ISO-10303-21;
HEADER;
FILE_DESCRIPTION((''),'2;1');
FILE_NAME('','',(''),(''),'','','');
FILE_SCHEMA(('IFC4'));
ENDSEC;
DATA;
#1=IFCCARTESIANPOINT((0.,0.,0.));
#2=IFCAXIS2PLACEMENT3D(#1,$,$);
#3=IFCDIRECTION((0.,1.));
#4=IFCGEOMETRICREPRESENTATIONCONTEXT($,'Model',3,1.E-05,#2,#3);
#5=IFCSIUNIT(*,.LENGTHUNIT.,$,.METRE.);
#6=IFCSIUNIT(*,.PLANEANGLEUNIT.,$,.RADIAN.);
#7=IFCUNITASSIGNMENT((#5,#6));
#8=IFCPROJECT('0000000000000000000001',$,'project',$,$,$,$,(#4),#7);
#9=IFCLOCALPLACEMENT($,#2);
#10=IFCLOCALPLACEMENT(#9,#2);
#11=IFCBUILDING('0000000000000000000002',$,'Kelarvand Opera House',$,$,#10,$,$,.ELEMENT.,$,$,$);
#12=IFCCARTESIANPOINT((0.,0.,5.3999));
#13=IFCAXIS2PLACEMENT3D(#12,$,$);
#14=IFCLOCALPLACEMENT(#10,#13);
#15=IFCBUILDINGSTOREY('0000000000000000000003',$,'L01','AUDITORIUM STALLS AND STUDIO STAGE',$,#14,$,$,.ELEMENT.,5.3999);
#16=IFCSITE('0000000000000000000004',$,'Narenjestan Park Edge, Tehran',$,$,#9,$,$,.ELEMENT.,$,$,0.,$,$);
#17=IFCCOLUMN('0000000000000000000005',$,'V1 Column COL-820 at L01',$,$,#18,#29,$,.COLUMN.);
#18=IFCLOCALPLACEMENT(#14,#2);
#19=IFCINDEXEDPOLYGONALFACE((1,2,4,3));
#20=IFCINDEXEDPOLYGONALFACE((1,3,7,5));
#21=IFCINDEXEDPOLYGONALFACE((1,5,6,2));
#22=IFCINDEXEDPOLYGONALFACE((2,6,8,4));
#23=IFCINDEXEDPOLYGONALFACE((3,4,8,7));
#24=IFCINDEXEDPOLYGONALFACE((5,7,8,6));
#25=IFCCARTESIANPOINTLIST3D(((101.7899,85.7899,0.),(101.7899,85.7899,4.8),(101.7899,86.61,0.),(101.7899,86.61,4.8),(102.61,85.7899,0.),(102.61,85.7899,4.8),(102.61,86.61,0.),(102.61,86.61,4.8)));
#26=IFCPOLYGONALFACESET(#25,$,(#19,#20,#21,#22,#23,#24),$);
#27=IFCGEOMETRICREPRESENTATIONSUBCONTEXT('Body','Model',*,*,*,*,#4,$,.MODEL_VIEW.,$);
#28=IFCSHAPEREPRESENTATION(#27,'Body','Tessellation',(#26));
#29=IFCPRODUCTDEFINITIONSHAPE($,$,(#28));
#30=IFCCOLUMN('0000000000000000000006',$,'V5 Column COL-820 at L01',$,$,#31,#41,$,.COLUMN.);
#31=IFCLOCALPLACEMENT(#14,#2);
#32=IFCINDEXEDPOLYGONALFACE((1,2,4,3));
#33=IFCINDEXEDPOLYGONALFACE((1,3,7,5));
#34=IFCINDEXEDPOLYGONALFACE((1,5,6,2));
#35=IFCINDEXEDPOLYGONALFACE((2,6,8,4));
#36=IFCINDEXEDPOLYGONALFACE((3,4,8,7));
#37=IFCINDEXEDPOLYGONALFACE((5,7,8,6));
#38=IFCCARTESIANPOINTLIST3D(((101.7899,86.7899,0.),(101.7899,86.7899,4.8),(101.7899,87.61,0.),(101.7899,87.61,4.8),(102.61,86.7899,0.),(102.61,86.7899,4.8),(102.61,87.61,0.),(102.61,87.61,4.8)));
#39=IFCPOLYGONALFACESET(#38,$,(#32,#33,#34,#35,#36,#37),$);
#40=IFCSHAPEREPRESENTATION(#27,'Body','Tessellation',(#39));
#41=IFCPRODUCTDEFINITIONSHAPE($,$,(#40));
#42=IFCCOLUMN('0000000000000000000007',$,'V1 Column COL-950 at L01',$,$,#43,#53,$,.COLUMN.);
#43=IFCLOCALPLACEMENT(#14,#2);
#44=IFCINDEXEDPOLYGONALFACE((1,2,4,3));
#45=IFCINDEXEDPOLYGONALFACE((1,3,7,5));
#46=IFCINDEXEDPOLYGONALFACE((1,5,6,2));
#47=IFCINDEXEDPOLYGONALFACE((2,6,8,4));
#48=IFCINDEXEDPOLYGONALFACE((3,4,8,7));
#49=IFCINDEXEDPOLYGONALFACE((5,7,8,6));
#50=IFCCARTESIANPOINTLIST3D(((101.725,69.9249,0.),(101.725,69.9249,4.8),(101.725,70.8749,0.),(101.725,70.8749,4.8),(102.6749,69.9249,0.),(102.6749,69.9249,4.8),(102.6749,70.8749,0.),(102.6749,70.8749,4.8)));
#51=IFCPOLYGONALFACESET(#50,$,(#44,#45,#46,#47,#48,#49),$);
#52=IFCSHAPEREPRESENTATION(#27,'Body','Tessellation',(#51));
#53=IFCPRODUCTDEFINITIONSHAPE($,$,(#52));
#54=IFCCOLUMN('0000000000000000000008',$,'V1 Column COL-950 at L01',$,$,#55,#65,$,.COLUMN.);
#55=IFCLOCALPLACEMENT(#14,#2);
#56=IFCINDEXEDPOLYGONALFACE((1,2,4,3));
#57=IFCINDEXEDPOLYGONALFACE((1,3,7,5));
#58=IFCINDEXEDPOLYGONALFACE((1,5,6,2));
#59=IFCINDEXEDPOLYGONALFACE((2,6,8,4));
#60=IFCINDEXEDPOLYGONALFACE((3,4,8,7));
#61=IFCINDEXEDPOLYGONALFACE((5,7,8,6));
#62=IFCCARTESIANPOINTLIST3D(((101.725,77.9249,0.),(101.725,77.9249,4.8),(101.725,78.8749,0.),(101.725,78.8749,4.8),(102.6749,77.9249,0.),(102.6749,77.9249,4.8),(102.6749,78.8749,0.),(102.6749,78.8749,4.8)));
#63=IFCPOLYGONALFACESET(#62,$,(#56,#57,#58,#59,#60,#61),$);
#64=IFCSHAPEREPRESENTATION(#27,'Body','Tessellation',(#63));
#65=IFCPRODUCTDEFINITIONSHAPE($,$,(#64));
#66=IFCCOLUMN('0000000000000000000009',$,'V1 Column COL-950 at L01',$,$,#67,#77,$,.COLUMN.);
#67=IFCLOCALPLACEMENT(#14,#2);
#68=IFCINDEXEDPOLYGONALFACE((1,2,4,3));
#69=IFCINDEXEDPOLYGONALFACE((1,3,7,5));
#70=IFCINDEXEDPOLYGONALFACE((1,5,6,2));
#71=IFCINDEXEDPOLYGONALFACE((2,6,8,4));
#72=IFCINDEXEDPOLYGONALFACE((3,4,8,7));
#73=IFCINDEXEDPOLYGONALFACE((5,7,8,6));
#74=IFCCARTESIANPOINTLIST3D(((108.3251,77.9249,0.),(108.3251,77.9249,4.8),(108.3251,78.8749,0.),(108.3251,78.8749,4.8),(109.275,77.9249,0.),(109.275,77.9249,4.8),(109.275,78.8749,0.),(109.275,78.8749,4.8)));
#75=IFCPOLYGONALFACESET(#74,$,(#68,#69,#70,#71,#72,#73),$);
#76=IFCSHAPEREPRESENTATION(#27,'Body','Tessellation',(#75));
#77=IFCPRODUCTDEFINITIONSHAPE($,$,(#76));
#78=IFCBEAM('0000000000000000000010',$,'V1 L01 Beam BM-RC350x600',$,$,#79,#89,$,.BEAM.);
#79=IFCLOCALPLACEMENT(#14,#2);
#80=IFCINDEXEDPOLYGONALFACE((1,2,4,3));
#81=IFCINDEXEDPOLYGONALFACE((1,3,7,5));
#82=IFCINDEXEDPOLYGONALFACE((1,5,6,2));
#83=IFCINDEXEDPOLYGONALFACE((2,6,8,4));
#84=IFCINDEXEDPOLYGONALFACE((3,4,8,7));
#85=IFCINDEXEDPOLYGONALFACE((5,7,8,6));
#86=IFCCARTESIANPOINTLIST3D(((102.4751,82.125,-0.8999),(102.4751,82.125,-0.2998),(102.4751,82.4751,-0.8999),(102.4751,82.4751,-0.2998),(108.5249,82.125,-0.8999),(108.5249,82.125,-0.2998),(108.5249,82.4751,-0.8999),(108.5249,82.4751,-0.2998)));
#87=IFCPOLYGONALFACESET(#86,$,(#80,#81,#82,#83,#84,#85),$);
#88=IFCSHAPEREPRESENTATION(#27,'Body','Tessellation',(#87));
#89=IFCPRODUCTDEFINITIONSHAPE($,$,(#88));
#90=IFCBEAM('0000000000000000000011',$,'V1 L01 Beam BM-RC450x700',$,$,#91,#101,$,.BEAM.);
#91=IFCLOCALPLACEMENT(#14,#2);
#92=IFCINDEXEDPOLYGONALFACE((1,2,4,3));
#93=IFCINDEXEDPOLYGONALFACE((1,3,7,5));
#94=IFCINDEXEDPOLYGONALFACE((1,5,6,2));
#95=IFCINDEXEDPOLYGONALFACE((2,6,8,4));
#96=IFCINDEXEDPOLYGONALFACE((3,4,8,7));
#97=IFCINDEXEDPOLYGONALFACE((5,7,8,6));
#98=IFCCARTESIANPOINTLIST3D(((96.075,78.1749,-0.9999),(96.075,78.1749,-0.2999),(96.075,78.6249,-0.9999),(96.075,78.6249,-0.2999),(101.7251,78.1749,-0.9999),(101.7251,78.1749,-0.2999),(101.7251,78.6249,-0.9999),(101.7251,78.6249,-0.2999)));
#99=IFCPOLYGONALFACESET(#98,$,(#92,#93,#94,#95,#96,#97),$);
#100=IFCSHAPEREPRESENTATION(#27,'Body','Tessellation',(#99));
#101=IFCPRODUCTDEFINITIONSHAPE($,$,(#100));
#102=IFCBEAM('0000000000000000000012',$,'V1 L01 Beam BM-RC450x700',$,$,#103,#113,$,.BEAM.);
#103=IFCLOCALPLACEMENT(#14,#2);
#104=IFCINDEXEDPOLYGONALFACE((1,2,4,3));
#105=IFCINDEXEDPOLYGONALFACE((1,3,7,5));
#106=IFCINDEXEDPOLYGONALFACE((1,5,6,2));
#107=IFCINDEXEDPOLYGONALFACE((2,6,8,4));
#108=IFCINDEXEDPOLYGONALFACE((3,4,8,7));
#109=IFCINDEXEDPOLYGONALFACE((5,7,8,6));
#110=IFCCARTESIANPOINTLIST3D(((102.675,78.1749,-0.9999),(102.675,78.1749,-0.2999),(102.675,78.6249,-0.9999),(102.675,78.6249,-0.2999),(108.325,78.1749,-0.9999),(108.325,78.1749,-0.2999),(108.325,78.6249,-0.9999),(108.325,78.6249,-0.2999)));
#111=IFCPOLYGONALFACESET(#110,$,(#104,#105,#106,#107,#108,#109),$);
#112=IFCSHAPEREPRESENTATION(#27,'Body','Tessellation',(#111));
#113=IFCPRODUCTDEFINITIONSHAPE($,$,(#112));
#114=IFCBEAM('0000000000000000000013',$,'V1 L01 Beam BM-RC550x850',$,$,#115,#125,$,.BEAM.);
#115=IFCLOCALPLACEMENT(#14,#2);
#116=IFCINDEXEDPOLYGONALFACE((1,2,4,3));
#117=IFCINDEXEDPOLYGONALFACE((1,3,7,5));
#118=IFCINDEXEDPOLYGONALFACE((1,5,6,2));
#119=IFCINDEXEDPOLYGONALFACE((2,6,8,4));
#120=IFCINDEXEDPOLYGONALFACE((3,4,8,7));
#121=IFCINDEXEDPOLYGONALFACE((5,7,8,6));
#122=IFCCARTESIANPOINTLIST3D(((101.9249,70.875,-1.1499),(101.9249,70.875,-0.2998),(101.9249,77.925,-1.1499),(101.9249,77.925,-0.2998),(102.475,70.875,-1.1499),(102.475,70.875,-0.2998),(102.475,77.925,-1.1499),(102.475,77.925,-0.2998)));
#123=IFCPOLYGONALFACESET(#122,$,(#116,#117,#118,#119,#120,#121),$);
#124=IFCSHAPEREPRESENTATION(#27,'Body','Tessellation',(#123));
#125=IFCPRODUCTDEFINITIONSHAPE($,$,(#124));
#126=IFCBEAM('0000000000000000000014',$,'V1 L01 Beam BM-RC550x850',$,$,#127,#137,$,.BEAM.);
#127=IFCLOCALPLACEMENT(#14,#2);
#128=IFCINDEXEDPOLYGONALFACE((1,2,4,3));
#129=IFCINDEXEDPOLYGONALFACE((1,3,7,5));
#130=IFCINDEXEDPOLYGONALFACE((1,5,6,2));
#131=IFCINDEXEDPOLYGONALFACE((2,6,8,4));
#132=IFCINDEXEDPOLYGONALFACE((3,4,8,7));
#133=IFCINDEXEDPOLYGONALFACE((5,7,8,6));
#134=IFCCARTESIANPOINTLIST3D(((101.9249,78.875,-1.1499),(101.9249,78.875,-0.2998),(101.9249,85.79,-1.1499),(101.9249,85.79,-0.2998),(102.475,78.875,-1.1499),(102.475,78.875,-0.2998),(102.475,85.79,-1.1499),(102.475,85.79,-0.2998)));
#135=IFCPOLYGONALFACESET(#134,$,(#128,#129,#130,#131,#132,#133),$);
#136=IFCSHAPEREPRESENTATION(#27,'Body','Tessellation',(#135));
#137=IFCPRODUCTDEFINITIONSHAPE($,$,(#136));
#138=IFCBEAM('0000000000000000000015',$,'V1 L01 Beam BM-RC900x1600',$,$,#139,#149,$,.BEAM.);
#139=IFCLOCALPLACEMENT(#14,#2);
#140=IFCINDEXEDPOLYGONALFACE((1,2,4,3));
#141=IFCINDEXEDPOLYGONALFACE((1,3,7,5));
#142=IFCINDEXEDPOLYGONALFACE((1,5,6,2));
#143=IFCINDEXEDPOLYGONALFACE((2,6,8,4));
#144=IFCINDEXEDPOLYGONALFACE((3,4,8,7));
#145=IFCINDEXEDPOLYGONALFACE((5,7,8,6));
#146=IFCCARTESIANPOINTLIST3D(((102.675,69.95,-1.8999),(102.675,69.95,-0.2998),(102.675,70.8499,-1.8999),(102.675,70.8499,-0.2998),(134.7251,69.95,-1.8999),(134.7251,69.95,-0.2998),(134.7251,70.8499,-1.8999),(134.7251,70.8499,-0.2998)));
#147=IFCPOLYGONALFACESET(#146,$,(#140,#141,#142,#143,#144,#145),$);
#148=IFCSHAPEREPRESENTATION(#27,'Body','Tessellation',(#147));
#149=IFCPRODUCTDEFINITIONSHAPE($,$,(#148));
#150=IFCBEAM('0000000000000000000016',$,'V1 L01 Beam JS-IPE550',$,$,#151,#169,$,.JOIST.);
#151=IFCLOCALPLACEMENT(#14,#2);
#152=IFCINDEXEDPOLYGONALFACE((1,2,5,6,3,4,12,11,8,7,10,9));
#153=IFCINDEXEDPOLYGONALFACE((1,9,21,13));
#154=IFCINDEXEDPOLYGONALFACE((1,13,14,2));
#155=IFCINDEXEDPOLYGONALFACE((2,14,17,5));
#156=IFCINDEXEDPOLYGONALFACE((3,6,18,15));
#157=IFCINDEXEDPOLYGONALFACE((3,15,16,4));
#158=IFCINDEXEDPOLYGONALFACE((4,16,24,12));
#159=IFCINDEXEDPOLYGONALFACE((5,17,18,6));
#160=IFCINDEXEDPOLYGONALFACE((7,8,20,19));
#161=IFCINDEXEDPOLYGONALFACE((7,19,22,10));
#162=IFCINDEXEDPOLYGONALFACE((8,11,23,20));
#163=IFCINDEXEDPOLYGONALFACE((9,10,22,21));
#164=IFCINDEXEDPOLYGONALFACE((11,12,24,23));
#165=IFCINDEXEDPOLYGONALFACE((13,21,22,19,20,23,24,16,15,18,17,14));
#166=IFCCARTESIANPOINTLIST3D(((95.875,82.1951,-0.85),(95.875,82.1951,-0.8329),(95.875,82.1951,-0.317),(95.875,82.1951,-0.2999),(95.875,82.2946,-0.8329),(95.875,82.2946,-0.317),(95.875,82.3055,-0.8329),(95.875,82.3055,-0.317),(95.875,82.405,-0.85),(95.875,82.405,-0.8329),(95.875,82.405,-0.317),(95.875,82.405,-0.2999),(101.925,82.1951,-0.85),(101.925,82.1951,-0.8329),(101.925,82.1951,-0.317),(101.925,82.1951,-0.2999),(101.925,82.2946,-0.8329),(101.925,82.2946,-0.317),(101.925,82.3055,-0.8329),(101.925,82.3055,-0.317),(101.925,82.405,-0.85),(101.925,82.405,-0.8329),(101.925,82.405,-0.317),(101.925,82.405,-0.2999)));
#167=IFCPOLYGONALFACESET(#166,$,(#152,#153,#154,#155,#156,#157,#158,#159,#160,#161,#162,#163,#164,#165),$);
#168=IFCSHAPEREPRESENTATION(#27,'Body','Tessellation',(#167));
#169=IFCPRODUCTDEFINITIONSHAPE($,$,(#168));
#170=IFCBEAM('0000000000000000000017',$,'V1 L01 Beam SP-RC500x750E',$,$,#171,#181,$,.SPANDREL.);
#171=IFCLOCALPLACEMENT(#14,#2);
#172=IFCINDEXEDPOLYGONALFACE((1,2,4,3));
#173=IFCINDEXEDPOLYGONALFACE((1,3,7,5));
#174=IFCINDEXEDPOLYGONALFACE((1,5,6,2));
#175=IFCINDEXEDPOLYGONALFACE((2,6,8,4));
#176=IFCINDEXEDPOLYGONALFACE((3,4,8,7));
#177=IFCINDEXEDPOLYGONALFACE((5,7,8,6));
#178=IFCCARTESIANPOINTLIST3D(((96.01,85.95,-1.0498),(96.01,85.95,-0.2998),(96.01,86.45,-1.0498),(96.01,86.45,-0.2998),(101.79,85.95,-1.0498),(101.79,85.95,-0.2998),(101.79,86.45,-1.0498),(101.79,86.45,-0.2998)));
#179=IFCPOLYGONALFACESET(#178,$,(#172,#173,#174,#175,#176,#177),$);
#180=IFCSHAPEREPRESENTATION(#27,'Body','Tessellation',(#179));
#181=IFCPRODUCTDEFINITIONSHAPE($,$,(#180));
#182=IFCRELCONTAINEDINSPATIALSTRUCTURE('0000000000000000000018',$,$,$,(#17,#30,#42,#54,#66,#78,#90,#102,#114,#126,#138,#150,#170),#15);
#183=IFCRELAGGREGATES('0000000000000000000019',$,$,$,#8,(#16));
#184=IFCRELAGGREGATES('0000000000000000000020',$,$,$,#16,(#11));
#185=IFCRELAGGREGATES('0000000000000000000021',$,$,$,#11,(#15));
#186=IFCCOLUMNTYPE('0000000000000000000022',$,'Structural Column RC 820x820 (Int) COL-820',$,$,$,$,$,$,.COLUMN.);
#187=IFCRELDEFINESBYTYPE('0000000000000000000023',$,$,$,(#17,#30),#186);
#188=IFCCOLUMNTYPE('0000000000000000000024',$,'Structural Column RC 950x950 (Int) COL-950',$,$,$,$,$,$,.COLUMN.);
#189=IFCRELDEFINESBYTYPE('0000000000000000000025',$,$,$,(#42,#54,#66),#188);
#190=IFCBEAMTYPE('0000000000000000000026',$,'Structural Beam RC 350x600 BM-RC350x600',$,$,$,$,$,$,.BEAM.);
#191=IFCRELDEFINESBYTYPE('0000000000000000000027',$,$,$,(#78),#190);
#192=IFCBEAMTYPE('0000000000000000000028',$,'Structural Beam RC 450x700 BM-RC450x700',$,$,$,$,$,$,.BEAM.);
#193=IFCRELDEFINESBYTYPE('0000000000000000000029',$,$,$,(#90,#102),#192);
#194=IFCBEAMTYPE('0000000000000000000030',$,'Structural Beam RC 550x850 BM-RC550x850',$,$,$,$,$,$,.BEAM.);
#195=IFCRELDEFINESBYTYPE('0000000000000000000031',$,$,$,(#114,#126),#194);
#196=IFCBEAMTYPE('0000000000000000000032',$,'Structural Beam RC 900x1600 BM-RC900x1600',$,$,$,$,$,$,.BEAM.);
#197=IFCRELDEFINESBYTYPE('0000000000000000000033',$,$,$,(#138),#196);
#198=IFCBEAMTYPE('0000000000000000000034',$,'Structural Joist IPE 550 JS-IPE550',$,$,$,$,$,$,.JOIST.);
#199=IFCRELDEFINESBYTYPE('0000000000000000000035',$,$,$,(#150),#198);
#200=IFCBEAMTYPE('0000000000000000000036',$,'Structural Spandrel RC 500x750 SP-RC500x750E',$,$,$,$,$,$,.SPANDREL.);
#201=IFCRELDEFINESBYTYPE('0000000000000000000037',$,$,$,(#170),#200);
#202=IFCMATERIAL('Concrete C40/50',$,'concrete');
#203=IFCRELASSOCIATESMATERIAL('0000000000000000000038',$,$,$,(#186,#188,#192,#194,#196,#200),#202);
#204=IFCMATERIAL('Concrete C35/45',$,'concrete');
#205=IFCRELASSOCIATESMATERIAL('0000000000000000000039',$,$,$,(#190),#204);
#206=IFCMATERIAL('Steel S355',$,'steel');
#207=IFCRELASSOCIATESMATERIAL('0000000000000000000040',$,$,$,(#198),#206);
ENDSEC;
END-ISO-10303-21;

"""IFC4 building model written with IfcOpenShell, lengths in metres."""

from ifc_helpers import new_model, si_unit, direction, frame, origin, origin_2d, place, context, subcontext, project, spatial, rectangle, i_section, extrude, material, material_profile, profile_set, type_object, element, save


model = new_model("IFC4")

# Units and contexts
model_context = context("Model", 3, precision=1e-05, world=origin(), true_north=direction((0.0, 1.0)))
body_context = subcontext(model_context, "Body", "Model", "MODEL_VIEW")
ifc_project = project(units=[si_unit("LENGTHUNIT", "METRE"), si_unit("PLANEANGLEUNIT", "RADIAN")], contexts=[model_context])

# Site, building, storey
site_placement = place(None, origin())
site = spatial("IfcSite", under=ifc_project, at=site_placement, Name="Narenjestan Park Edge, Tehran", CompositionType="ELEMENT", RefElevation=0.0)
building_placement = place(site_placement, origin())
building = spatial("IfcBuilding", under=site, at=building_placement, Name="Kelarvand Opera House", CompositionType="ELEMENT")
storey_placement = place(building_placement, frame((0.0, 0.0, 5.3999)))
storey = spatial("IfcBuildingStorey", under=building, at=storey_placement, Name="L01", Description="AUDITORIUM STALLS AND STUDIO STAGE", CompositionType="ELEMENT", Elevation=5.3999)

# Columns
ifc_material_1 = material(Name="Concrete C40/50", Category="concrete")
ifc_material_profile_1 = material_profile(ifc_material_1, rectangle(XDim=0.8201, YDim=0.8201, at=origin_2d()), Name="RC 820x820", Category="concrete")
ifc_profile_set_1 = profile_set([ifc_material_profile_1], Name="Concrete C40/50")
column_type_1 = type_object("IfcColumnType", Name="Structural Column RC 820x820 (Int) COL-820", PredefinedType="COLUMN", material=ifc_profile_set_1)
for number, where, z_axis, x_axis, name in (
    (1, (102.2, 86.2, 0.0), (0.0, 0.0, 1.0), (1.0, 0.0, 0.0), "V1 Column COL-820 at L01"),
    (2, (102.2, 87.2, 0.0), (0.0, 0.0, 1.0), (1.0, 0.0, 0.0), "V5 Column COL-820 at L01"),
):
    element("IfcColumn", number, at=place(storey_placement, frame(where, z_axis=z_axis, x_axis=x_axis)), inside=storey, type_object=column_type_1, Name=name, PredefinedType="COLUMN", context=body_context, shape_type="SweptSolid", body=[
        extrude(rectangle(XDim=0.8201, YDim=0.8201, at=origin_2d()), origin(), (0.0, 0.0, 1.0), 4.8),
    ])
ifc_material_profile_2 = material_profile(ifc_material_1, rectangle(XDim=0.95, YDim=0.95, at=origin_2d()), Name="RC 950x950", Category="concrete")
ifc_profile_set_2 = profile_set([ifc_material_profile_2], Name="Concrete C40/50")
column_type_2 = type_object("IfcColumnType", Name="Structural Column RC 950x950 (Int) COL-950", PredefinedType="COLUMN", material=ifc_profile_set_2)
for number, where, z_axis, x_axis, name in (
    (3, (102.2, 70.3999, 0.0), (0.0, 0.0, 1.0), (1.0, 0.0, 0.0), "V1 Column COL-950 at L01"),
    (4, (102.2, 78.3999, 0.0), (0.0, 0.0, 1.0), (1.0, 0.0, 0.0), "V1 Column COL-950 at L01"),
    (5, (108.8, 78.3999, 0.0), (0.0, 0.0, 1.0), (1.0, 0.0, 0.0), "V1 Column COL-950 at L01"),
):
    element("IfcColumn", number, at=place(storey_placement, frame(where, z_axis=z_axis, x_axis=x_axis)), inside=storey, type_object=column_type_2, Name=name, PredefinedType="COLUMN", context=body_context, shape_type="SweptSolid", body=[
        extrude(rectangle(XDim=0.95, YDim=0.95, at=origin_2d()), origin(), (0.0, 0.0, 1.0), 4.8),
    ])

# Beams
ifc_material_2 = material(Name="Concrete C35/45", Category="concrete")
ifc_material_profile_3 = material_profile(ifc_material_2, rectangle(XDim=0.3501, YDim=0.6001, at=origin_2d()), Name="RC 350x600", Category="concrete")
ifc_profile_set_3 = profile_set([ifc_material_profile_3], Name="Concrete C35/45")
beam_type_1 = type_object("IfcBeamType", Name="Structural Beam RC 350x600 BM-RC350x600", PredefinedType="BEAM", material=ifc_profile_set_3)
beam_1_placement = place(storey_placement, frame((102.4751, 82.3, -0.5999), z_axis=(1.0, 0.0, 0.0), x_axis=(0.0, 1.0, 0.0)))
element("IfcBeam", 6, at=beam_1_placement, inside=storey, type_object=beam_type_1, Name="V1 L01 Beam BM-RC350x600", PredefinedType="BEAM", context=body_context, shape_type="SweptSolid", body=[
    extrude(rectangle(XDim=0.3501, YDim=0.6001, at=origin_2d()), origin(), (0.0, 0.0, 1.0), 6.0498),
])
ifc_material_profile_4 = material_profile(ifc_material_1, rectangle(XDim=0.45, YDim=0.7, at=origin_2d()), Name="RC 450x700", Category="concrete")
ifc_profile_set_4 = profile_set([ifc_material_profile_4], Name="Concrete C40/50")
beam_type_2 = type_object("IfcBeamType", Name="Structural Beam RC 450x700 BM-RC450x700", PredefinedType="BEAM", material=ifc_profile_set_4)
beam_2_placement = place(storey_placement, frame((96.075, 78.3999, -0.6499), z_axis=(1.0, 0.0, 0.0), x_axis=(0.0, 1.0, 0.0)))
element("IfcBeam", 7, at=beam_2_placement, inside=storey, type_object=beam_type_2, Name="V1 L01 Beam BM-RC450x700", PredefinedType="BEAM", context=body_context, shape_type="SweptSolid", body=[
    extrude(rectangle(XDim=0.45, YDim=0.7, at=origin_2d()), origin(), (0.0, 0.0, 1.0), 5.6501),
])
beam_3_placement = place(storey_placement, frame((102.675, 78.3999, -0.6499), z_axis=(1.0, 0.0, 0.0), x_axis=(0.0, 1.0, 0.0)))
element("IfcBeam", 8, at=beam_3_placement, inside=storey, type_object=beam_type_2, Name="V1 L01 Beam BM-RC450x700", PredefinedType="BEAM", context=body_context, shape_type="SweptSolid", body=[
    extrude(rectangle(XDim=0.45, YDim=0.7, at=origin_2d()), origin(), (0.0, 0.0, 1.0), 5.6499),
])
ifc_material_profile_5 = material_profile(ifc_material_1, rectangle(XDim=0.55, YDim=0.8501, at=origin_2d()), Name="RC 550x850", Category="concrete")
ifc_profile_set_5 = profile_set([ifc_material_profile_5], Name="Concrete C40/50")
beam_type_3 = type_object("IfcBeamType", Name="Structural Beam RC 550x850 BM-RC550x850", PredefinedType="BEAM", material=ifc_profile_set_5)
beam_4_placement = place(storey_placement, frame((102.2, 70.875, -0.7249), z_axis=(0.0, 1.0, 0.0), x_axis=(-1.0, 0.0, 0.0)))
element("IfcBeam", 9, at=beam_4_placement, inside=storey, type_object=beam_type_3, Name="V1 L01 Beam BM-RC550x850", PredefinedType="BEAM", context=body_context, shape_type="SweptSolid", body=[
    extrude(rectangle(XDim=0.55, YDim=0.8501, at=origin_2d()), origin(), (0.0, 0.0, 1.0), 7.05),
])
beam_5_placement = place(storey_placement, frame((102.2, 78.875, -0.7249), z_axis=(0.0, 1.0, 0.0), x_axis=(-1.0, 0.0, 0.0)))
element("IfcBeam", 10, at=beam_5_placement, inside=storey, type_object=beam_type_3, Name="V1 L01 Beam BM-RC550x850", PredefinedType="BEAM", context=body_context, shape_type="SweptSolid", body=[
    extrude(rectangle(XDim=0.55, YDim=0.8501, at=origin_2d()), origin(), (0.0, 0.0, 1.0), 6.915),
])
ifc_material_profile_6 = material_profile(ifc_material_1, rectangle(XDim=0.8999, YDim=1.6001, at=origin_2d()), Name="RC 900x1600", Category="concrete")
ifc_profile_set_6 = profile_set([ifc_material_profile_6], Name="Concrete C40/50")
beam_type_4 = type_object("IfcBeamType", Name="Structural Beam RC 900x1600 BM-RC900x1600", PredefinedType="BEAM", material=ifc_profile_set_6)
beam_6_placement = place(storey_placement, frame((102.675, 70.3999, -1.0999), z_axis=(1.0, 0.0, 0.0), x_axis=(0.0, 1.0, 0.0)))
element("IfcBeam", 11, at=beam_6_placement, inside=storey, type_object=beam_type_4, Name="V1 L01 Beam BM-RC900x1600", PredefinedType="BEAM", context=body_context, shape_type="SweptSolid", body=[
    extrude(rectangle(XDim=0.8999, YDim=1.6001, at=origin_2d()), origin(), (0.0, 0.0, 1.0), 32.05),
])
ifc_material_3 = material(Name="Steel S355", Category="steel")
ifc_material_profile_7 = material_profile(ifc_material_3, i_section(OverallWidth=0.21, OverallDepth=0.55, WebThickness=0.011, FlangeThickness=0.0171, at=origin_2d()), Name="IPE 550", Category="steel")
ifc_profile_set_7 = profile_set([ifc_material_profile_7], Name="Steel S355")
beam_type_5 = type_object("IfcBeamType", Name="Structural Joist IPE 550 JS-IPE550", PredefinedType="JOIST", material=ifc_profile_set_7)
beam_7_placement = place(storey_placement, frame((95.875, 82.3, -0.575), z_axis=(1.0, 0.0, 0.0), x_axis=(0.0, 1.0, 0.0)))
element("IfcBeam", 12, at=beam_7_placement, inside=storey, type_object=beam_type_5, Name="V1 L01 Beam JS-IPE550", PredefinedType="JOIST", context=body_context, shape_type="SweptSolid", body=[
    extrude(i_section(OverallWidth=0.21, OverallDepth=0.55, WebThickness=0.011, FlangeThickness=0.0171, at=origin_2d()), origin(), (0.0, 0.0, 1.0), 6.05),
])
ifc_material_profile_8 = material_profile(ifc_material_1, rectangle(XDim=0.5, YDim=0.75, at=origin_2d()), Name="RC 500x750", Category="concrete")
ifc_profile_set_8 = profile_set([ifc_material_profile_8], Name="Concrete C40/50")
beam_type_6 = type_object("IfcBeamType", Name="Structural Spandrel RC 500x750 SP-RC500x750E", PredefinedType="SPANDREL", material=ifc_profile_set_8)
beam_8_placement = place(storey_placement, frame((96.01, 86.2, -0.6748), z_axis=(1.0, 0.0, 0.0), x_axis=(0.0, 1.0, 0.0)))
element("IfcBeam", 13, at=beam_8_placement, inside=storey, type_object=beam_type_6, Name="V1 L01 Beam SP-RC500x750E", PredefinedType="SPANDREL", context=body_context, shape_type="SweptSolid", body=[
    extrude(rectangle(XDim=0.5, YDim=0.75, at=origin_2d()), origin(), (0.0, 0.0, 1.0), 5.78),
])

save(model, "model.ifc")
